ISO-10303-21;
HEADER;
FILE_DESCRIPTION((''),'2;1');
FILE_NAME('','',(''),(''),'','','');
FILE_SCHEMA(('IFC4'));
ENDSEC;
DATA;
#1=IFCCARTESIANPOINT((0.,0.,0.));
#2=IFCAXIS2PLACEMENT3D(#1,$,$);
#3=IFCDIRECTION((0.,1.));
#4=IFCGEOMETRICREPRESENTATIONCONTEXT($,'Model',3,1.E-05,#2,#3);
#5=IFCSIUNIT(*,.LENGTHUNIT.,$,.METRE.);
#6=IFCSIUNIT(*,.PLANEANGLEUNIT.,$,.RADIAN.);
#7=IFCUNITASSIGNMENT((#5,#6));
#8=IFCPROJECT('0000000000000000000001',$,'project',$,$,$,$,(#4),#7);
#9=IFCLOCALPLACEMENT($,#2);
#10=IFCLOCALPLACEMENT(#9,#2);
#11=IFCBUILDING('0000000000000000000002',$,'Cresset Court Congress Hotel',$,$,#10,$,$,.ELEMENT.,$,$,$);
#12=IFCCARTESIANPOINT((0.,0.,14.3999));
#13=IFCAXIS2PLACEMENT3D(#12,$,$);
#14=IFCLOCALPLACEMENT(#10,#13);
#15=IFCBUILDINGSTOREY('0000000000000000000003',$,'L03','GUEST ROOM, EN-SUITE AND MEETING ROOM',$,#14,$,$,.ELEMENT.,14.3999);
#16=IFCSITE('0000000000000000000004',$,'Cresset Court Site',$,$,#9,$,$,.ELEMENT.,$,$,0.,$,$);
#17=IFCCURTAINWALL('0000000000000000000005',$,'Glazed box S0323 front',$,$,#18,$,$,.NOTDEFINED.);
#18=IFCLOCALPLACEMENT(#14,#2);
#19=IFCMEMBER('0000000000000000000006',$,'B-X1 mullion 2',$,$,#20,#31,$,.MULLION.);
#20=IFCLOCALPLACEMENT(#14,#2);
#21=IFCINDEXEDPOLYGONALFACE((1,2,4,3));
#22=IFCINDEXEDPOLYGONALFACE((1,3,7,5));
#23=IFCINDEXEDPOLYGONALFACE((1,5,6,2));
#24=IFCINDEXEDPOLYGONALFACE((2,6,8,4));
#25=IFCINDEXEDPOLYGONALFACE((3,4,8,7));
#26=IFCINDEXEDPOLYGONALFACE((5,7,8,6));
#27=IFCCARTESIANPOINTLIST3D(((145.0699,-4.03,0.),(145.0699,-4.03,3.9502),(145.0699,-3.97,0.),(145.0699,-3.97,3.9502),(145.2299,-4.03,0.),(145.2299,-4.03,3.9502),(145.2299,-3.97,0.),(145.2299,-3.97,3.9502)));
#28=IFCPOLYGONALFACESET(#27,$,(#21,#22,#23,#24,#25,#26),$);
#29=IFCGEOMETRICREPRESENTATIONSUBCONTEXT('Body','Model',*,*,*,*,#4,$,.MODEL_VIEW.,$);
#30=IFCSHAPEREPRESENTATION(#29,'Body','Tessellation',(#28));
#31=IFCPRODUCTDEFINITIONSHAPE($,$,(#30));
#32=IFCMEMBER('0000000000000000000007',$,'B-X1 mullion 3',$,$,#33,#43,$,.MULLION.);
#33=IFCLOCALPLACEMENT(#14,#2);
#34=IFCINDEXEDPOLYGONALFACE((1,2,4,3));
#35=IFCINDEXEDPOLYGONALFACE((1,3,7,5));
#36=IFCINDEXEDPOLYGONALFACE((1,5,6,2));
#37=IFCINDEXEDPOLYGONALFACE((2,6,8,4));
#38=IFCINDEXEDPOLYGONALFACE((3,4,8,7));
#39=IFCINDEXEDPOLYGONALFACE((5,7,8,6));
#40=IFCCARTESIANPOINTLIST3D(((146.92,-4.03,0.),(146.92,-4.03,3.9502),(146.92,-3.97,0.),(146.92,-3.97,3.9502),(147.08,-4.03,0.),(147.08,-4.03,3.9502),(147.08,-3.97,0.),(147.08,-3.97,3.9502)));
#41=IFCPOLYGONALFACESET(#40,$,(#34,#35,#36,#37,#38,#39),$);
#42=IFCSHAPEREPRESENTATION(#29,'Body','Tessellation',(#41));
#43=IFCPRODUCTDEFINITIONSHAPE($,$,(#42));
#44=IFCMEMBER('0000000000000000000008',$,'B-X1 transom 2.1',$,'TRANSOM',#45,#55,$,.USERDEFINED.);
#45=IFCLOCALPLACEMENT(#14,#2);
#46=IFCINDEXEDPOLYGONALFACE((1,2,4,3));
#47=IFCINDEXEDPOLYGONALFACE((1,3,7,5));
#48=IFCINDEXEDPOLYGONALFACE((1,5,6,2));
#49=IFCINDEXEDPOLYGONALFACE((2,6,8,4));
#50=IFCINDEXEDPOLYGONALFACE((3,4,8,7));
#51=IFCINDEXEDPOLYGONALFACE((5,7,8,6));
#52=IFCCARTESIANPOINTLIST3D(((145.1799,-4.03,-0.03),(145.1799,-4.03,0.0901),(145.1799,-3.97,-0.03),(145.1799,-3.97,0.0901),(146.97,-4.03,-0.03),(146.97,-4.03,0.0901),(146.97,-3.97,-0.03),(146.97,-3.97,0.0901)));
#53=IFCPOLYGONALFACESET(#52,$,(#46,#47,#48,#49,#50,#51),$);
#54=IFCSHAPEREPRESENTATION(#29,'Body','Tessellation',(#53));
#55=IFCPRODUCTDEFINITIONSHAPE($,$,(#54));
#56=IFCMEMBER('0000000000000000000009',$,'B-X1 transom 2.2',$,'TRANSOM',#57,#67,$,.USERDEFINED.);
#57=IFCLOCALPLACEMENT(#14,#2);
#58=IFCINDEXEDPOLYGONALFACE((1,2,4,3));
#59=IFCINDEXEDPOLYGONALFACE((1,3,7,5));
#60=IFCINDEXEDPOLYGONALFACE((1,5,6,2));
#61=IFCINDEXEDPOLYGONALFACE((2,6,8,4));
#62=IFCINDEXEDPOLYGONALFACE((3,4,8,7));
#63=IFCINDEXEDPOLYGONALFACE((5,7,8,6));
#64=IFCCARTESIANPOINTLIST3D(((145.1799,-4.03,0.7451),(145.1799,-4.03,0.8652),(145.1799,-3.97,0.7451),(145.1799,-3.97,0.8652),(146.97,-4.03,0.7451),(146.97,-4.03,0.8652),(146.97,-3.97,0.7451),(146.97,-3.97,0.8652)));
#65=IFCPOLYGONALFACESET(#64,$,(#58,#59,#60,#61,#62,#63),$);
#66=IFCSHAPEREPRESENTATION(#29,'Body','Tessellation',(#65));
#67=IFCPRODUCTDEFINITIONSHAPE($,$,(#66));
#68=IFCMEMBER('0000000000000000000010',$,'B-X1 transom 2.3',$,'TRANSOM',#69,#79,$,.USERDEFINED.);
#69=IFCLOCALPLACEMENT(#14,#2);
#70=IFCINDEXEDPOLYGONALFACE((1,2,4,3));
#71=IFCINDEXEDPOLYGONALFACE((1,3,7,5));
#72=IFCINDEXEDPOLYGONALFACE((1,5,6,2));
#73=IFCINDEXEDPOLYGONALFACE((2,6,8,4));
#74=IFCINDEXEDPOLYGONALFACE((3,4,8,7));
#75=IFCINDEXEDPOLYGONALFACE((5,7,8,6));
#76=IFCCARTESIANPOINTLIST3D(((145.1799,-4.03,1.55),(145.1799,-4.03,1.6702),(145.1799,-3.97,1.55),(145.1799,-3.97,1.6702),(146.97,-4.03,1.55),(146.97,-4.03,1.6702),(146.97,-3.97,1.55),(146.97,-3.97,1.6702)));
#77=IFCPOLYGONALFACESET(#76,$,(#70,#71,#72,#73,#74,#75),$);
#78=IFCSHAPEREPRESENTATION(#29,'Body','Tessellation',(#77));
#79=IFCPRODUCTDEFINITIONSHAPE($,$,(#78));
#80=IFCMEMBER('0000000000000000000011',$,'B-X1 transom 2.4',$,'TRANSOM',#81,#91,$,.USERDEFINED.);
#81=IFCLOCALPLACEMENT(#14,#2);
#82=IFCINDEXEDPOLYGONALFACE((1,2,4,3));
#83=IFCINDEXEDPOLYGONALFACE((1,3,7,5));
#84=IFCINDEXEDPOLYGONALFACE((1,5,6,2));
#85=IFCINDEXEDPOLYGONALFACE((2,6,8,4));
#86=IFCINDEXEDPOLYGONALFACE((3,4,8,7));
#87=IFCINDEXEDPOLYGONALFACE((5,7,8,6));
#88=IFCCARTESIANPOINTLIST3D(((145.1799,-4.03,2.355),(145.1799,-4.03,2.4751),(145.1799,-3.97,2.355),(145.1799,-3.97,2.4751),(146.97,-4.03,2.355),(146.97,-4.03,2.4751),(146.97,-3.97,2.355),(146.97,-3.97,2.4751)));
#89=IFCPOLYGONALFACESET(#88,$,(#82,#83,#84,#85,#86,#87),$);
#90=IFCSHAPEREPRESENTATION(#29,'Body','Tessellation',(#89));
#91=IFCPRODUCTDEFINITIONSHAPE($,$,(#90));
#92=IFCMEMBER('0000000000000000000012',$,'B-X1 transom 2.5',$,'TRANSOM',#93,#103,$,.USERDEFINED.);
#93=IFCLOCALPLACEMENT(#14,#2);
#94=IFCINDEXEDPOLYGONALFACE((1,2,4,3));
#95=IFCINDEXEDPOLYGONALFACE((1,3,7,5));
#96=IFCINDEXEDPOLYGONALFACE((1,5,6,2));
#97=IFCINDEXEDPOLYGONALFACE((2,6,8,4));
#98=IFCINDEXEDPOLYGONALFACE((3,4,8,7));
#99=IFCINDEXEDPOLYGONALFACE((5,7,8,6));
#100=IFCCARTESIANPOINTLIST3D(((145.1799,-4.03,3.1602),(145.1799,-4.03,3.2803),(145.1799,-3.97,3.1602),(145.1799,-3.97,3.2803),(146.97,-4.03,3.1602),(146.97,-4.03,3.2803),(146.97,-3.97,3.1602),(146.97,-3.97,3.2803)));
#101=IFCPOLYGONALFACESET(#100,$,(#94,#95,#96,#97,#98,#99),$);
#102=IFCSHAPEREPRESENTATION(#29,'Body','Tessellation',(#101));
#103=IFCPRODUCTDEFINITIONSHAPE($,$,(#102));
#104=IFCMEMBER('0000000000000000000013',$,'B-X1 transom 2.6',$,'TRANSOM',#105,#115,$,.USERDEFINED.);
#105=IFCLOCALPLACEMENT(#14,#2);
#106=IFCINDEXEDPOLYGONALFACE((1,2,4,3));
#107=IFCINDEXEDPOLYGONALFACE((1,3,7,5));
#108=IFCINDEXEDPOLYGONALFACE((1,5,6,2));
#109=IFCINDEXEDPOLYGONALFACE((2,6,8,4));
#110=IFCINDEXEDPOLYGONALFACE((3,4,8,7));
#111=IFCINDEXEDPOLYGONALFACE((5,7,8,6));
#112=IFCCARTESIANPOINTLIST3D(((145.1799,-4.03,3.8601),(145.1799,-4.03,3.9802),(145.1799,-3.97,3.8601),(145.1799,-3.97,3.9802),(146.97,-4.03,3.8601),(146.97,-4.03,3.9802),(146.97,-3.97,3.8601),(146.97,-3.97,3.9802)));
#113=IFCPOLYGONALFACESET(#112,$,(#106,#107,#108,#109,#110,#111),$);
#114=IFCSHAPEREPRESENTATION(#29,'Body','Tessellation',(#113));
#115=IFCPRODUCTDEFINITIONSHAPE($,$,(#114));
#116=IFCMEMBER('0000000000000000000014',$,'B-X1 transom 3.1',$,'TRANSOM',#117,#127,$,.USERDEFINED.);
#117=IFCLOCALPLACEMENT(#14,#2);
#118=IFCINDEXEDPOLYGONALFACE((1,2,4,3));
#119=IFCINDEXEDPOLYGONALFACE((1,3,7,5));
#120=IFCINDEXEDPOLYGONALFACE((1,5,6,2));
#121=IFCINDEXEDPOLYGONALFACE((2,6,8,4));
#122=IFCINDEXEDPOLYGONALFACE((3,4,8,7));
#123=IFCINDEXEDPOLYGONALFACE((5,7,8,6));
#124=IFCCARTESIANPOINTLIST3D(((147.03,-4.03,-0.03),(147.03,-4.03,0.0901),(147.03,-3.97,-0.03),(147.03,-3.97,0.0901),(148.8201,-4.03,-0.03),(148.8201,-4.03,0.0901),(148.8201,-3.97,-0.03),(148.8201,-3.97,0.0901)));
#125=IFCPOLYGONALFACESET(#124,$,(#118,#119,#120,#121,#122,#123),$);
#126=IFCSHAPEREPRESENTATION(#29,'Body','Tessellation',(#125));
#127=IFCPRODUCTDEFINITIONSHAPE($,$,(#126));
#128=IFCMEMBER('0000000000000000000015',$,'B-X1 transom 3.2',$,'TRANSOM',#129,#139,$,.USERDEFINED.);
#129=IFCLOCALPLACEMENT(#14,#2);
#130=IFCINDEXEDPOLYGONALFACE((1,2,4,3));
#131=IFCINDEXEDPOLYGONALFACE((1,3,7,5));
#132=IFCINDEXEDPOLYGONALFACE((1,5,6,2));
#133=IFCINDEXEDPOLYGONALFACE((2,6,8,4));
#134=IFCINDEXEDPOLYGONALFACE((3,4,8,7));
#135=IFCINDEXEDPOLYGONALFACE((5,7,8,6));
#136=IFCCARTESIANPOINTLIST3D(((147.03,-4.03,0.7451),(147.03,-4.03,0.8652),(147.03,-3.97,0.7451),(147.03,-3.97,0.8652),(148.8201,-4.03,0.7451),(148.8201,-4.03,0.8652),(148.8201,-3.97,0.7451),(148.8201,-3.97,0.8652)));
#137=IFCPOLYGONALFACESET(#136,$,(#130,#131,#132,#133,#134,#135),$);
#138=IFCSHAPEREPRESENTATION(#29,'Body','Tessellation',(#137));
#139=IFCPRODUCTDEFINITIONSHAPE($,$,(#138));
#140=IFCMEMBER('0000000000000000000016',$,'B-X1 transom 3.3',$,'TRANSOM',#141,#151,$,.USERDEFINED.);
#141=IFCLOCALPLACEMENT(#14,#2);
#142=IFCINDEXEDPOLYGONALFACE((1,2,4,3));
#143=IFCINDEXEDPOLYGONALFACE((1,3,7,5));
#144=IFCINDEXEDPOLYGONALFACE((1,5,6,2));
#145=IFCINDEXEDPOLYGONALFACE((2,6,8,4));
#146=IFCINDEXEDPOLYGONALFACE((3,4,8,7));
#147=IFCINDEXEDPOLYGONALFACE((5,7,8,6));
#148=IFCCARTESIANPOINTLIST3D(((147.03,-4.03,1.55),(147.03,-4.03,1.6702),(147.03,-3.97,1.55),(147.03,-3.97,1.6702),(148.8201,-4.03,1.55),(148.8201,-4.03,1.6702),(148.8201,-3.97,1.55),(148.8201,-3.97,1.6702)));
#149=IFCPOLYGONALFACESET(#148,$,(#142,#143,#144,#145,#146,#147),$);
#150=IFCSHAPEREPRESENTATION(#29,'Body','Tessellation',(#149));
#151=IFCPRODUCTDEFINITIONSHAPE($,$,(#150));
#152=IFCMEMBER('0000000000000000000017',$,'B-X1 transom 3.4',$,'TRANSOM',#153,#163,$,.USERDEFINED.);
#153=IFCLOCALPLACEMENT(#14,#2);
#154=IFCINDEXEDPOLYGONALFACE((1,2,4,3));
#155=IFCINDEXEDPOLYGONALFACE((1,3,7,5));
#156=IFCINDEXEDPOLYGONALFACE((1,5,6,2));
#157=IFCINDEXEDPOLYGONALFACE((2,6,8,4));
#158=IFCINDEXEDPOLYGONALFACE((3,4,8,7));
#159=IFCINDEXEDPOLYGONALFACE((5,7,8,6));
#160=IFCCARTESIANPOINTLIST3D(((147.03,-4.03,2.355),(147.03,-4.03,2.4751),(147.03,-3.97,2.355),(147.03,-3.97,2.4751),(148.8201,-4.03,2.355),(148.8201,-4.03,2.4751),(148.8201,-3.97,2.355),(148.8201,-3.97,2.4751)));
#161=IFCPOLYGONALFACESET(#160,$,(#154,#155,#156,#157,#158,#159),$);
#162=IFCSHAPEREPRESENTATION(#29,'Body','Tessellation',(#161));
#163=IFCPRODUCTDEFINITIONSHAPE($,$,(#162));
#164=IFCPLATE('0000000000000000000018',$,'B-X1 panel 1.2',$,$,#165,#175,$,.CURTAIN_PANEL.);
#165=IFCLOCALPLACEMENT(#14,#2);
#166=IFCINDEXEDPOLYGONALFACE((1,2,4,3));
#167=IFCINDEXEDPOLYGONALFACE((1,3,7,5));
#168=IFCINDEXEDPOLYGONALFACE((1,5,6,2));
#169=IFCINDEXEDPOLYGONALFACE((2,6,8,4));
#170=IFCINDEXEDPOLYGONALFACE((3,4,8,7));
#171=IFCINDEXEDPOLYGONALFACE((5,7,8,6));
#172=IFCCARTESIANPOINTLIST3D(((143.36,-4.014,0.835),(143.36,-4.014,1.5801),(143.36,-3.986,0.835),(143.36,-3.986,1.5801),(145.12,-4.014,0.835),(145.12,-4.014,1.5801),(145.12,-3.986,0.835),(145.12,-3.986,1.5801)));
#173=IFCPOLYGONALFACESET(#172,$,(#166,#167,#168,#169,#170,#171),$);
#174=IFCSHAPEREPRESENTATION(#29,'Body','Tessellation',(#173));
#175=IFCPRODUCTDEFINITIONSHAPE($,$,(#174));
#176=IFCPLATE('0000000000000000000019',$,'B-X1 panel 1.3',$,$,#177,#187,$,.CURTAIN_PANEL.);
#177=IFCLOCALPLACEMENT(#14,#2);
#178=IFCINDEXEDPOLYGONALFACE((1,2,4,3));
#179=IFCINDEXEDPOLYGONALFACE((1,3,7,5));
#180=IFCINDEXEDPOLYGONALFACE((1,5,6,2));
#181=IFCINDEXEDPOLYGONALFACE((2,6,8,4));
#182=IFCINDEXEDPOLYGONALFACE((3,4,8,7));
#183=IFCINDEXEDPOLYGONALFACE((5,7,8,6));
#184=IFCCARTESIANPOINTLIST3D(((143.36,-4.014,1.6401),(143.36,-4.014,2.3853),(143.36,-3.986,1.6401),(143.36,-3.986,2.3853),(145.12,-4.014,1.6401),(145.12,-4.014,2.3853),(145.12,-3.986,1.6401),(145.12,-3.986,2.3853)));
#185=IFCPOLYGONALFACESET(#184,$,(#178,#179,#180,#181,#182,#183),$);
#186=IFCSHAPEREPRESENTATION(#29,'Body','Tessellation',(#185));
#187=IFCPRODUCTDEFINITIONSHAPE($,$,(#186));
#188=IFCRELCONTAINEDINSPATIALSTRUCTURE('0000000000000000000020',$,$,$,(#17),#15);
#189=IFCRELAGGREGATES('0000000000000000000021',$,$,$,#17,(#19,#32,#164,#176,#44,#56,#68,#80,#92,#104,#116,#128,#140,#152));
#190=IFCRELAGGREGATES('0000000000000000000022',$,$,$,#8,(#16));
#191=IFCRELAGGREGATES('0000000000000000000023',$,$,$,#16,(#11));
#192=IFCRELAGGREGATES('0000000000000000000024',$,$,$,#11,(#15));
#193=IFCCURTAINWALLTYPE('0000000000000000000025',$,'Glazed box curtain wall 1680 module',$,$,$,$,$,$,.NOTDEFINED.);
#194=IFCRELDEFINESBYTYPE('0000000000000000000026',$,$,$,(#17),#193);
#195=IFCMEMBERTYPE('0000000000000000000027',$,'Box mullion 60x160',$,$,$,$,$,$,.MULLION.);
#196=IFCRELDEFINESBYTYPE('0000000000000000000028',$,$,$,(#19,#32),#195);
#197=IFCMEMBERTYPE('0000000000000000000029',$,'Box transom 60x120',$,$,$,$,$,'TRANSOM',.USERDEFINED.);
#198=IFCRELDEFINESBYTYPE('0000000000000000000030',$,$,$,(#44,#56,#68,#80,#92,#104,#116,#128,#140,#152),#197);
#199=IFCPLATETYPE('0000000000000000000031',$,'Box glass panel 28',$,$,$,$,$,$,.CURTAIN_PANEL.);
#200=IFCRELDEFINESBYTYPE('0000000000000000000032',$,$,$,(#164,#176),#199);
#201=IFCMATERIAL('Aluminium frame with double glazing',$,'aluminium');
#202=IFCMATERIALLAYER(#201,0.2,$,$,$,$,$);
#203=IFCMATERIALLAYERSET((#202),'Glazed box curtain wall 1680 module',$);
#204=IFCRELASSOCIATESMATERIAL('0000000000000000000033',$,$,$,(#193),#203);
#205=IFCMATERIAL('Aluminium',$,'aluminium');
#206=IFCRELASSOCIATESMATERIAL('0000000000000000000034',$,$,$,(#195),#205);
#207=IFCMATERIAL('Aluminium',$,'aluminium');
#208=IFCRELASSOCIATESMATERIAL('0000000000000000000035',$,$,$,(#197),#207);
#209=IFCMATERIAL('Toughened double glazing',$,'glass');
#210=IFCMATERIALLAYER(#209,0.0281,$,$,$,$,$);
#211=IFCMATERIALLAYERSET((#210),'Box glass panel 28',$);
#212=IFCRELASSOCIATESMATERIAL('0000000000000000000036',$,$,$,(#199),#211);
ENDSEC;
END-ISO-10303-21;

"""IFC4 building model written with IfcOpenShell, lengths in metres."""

from ifc_helpers import new_model, si_unit, direction, frame, origin, origin_2d, place, context, subcontext, project, spatial, rectangle, extrude, material, layer, layer_set, material_profile, profile_set, type_object, element, aggregate, save


model = new_model("IFC4")

# Units and contexts
model_context = context("Model", 3, precision=1e-05, world=origin(), true_north=direction((0.0, 1.0)))
body_context = subcontext(model_context, "Body", "Model", "MODEL_VIEW")
ifc_project = project(units=[si_unit("LENGTHUNIT", "METRE"), si_unit("PLANEANGLEUNIT", "RADIAN")], contexts=[model_context])

# Site, building, storey
site_placement = place(None, origin())
site = spatial("IfcSite", under=ifc_project, at=site_placement, Name="Cresset Court Site", CompositionType="ELEMENT", RefElevation=0.0)
building_placement = place(site_placement, origin())
building = spatial("IfcBuilding", under=site, at=building_placement, Name="Cresset Court Congress Hotel", CompositionType="ELEMENT")
storey_placement = place(building_placement, frame((0.0, 0.0, 14.3999)))
storey = spatial("IfcBuildingStorey", under=building, at=storey_placement, Name="L03", Description="GUEST ROOM, EN-SUITE AND MEETING ROOM", CompositionType="ELEMENT", Elevation=14.3999)

# Curtain wall, members, plates
ifc_material_1 = material(Name="Aluminium frame with double glazing", Category="aluminium")
ifc_layer_1 = layer(ifc_material_1, 0.2)
ifc_layer_set_1 = layer_set([ifc_layer_1], Name="Glazed box curtain wall 1680 module")
curtain_wall_type = type_object("IfcCurtainWallType", Name="Glazed box curtain wall 1680 module", PredefinedType="NOTDEFINED", material=ifc_layer_set_1)
curtain_wall_placement = place(storey_placement, origin())
curtain_wall = element("IfcCurtainWall", 1, at=curtain_wall_placement, inside=storey, type_object=curtain_wall_type, Name="Glazed box S0323 front", PredefinedType="NOTDEFINED")
ifc_material_2 = material(Name="Aluminium", Category="aluminium")
ifc_material_profile_1 = material_profile(ifc_material_2, rectangle(XDim=0.0601, YDim=0.1599, at=origin_2d()), Name="Box mullion 60x160")
ifc_profile_set_1 = profile_set([ifc_material_profile_1], Name="Aluminium")
member_type_1 = type_object("IfcMemberType", Name="Box mullion 60x160", PredefinedType="MULLION", material=ifc_profile_set_1)
member_1_placement = place(storey_placement, frame((145.1499, -4.0, 0.0), z_axis=(0.0, 0.0, 1.0), x_axis=(0.0, 1.0, 0.0)))
member_1 = element("IfcMember", 2, at=member_1_placement, type_object=member_type_1, Name="B-X1 mullion 2", PredefinedType="MULLION", context=body_context, shape_type="SweptSolid", body=[
    extrude(rectangle(XDim=0.0601, YDim=0.1599, at=origin_2d()), origin(), (0.0, 0.0, 1.0), 3.9502),
])
member_2_placement = place(storey_placement, frame((147.0, -4.0, 0.0), z_axis=(0.0, 0.0, 1.0), x_axis=(0.0, 1.0, 0.0)))
member_2 = element("IfcMember", 3, at=member_2_placement, type_object=member_type_1, Name="B-X1 mullion 3", PredefinedType="MULLION", context=body_context, shape_type="SweptSolid", body=[
    extrude(rectangle(XDim=0.0601, YDim=0.1599, at=origin_2d()), origin(), (0.0, 0.0, 1.0), 3.9502),
])
ifc_material_3 = material(Name="Aluminium", Category="aluminium")
ifc_material_profile_2 = material_profile(ifc_material_3, rectangle(XDim=0.0601, YDim=0.1201, at=origin_2d()), Name="Box transom 60x120")
ifc_profile_set_2 = profile_set([ifc_material_profile_2], Name="Aluminium")
member_type_2 = type_object("IfcMemberType", Name="Box transom 60x120", ElementType="TRANSOM", PredefinedType="USERDEFINED", material=ifc_profile_set_2)
member_3_placement = place(storey_placement, frame((145.1799, -4.0, 0.03), z_axis=(1.0, 0.0, 0.0), x_axis=(0.0, 1.0, 0.0)))
member_3 = element("IfcMember", 4, at=member_3_placement, type_object=member_type_2, Name="B-X1 transom 2.1", ObjectType="TRANSOM", PredefinedType="USERDEFINED", context=body_context, shape_type="SweptSolid", body=[
    extrude(rectangle(XDim=0.0601, YDim=0.1201, at=origin_2d()), origin(), (0.0, 0.0, 1.0), 1.79),
])
member_4_placement = place(storey_placement, frame((145.1799, -4.0, 0.8052), z_axis=(1.0, 0.0, 0.0), x_axis=(0.0, 1.0, 0.0)))
member_4 = element("IfcMember", 5, at=member_4_placement, type_object=member_type_2, Name="B-X1 transom 2.2", ObjectType="TRANSOM", PredefinedType="USERDEFINED", context=body_context, shape_type="SweptSolid", body=[
    extrude(rectangle(XDim=0.0601, YDim=0.1201, at=origin_2d()), origin(), (0.0, 0.0, 1.0), 1.79),
])
member_5_placement = place(storey_placement, frame((145.1799, -4.0, 1.6101), z_axis=(1.0, 0.0, 0.0), x_axis=(0.0, 1.0, 0.0)))
member_5 = element("IfcMember", 6, at=member_5_placement, type_object=member_type_2, Name="B-X1 transom 2.3", ObjectType="TRANSOM", PredefinedType="USERDEFINED", context=body_context, shape_type="SweptSolid", body=[
    extrude(rectangle(XDim=0.0601, YDim=0.1201, at=origin_2d()), origin(), (0.0, 0.0, 1.0), 1.79),
])
member_6_placement = place(storey_placement, frame((145.1799, -4.0, 2.415), z_axis=(1.0, 0.0, 0.0), x_axis=(0.0, 1.0, 0.0)))
member_6 = element("IfcMember", 7, at=member_6_placement, type_object=member_type_2, Name="B-X1 transom 2.4", ObjectType="TRANSOM", PredefinedType="USERDEFINED", context=body_context, shape_type="SweptSolid", body=[
    extrude(rectangle(XDim=0.0601, YDim=0.1201, at=origin_2d()), origin(), (0.0, 0.0, 1.0), 1.79),
])
member_7_placement = place(storey_placement, frame((145.1799, -4.0, 3.2202), z_axis=(1.0, 0.0, 0.0), x_axis=(0.0, 1.0, 0.0)))
member_7 = element("IfcMember", 8, at=member_7_placement, type_object=member_type_2, Name="B-X1 transom 2.5", ObjectType="TRANSOM", PredefinedType="USERDEFINED", context=body_context, shape_type="SweptSolid", body=[
    extrude(rectangle(XDim=0.0601, YDim=0.1201, at=origin_2d()), origin(), (0.0, 0.0, 1.0), 1.79),
])
member_8_placement = place(storey_placement, frame((145.1799, -4.0, 3.9202), z_axis=(1.0, 0.0, 0.0), x_axis=(0.0, 1.0, 0.0)))
member_8 = element("IfcMember", 9, at=member_8_placement, type_object=member_type_2, Name="B-X1 transom 2.6", ObjectType="TRANSOM", PredefinedType="USERDEFINED", context=body_context, shape_type="SweptSolid", body=[
    extrude(rectangle(XDim=0.0601, YDim=0.1201, at=origin_2d()), origin(), (0.0, 0.0, 1.0), 1.79),
])
member_9_placement = place(storey_placement, frame((147.03, -4.0, 0.03), z_axis=(1.0, 0.0, 0.0), x_axis=(0.0, 1.0, 0.0)))
member_9 = element("IfcMember", 10, at=member_9_placement, type_object=member_type_2, Name="B-X1 transom 3.1", ObjectType="TRANSOM", PredefinedType="USERDEFINED", context=body_context, shape_type="SweptSolid", body=[
    extrude(rectangle(XDim=0.0601, YDim=0.1201, at=origin_2d()), origin(), (0.0, 0.0, 1.0), 1.79),
])
member_10_placement = place(storey_placement, frame((147.03, -4.0, 0.8052), z_axis=(1.0, 0.0, 0.0), x_axis=(0.0, 1.0, 0.0)))
member_10 = element("IfcMember", 11, at=member_10_placement, type_object=member_type_2, Name="B-X1 transom 3.2", ObjectType="TRANSOM", PredefinedType="USERDEFINED", context=body_context, shape_type="SweptSolid", body=[
    extrude(rectangle(XDim=0.0601, YDim=0.1201, at=origin_2d()), origin(), (0.0, 0.0, 1.0), 1.79),
])
member_11_placement = place(storey_placement, frame((147.03, -4.0, 1.6101), z_axis=(1.0, 0.0, 0.0), x_axis=(0.0, 1.0, 0.0)))
member_11 = element("IfcMember", 12, at=member_11_placement, type_object=member_type_2, Name="B-X1 transom 3.3", ObjectType="TRANSOM", PredefinedType="USERDEFINED", context=body_context, shape_type="SweptSolid", body=[
    extrude(rectangle(XDim=0.0601, YDim=0.1201, at=origin_2d()), origin(), (0.0, 0.0, 1.0), 1.79),
])
member_12_placement = place(storey_placement, frame((147.03, -4.0, 2.415), z_axis=(1.0, 0.0, 0.0), x_axis=(0.0, 1.0, 0.0)))
member_12 = element("IfcMember", 13, at=member_12_placement, type_object=member_type_2, Name="B-X1 transom 3.4", ObjectType="TRANSOM", PredefinedType="USERDEFINED", context=body_context, shape_type="SweptSolid", body=[
    extrude(rectangle(XDim=0.0601, YDim=0.1201, at=origin_2d()), origin(), (0.0, 0.0, 1.0), 1.79),
])
ifc_material_4 = material(Name="Toughened double glazing", Category="glass")
ifc_layer_2 = layer(ifc_material_4, 0.0281)
ifc_layer_set_2 = layer_set([ifc_layer_2], Name="Box glass panel 28")
plate_type_1 = type_object("IfcPlateType", Name="Box glass panel 28", PredefinedType="CURTAIN_PANEL", material=ifc_layer_set_2)
plate_1_placement = place(storey_placement, frame((144.24, -4.0, 0.835), z_axis=(0.0, 0.0, 1.0), x_axis=(1.0, 0.0, 0.0)))
plate_1 = element("IfcPlate", 14, at=plate_1_placement, type_object=plate_type_1, Name="B-X1 panel 1.2", PredefinedType="CURTAIN_PANEL", context=body_context, shape_type="SweptSolid", body=[
    extrude(rectangle(XDim=1.76, YDim=0.0281, at=origin_2d()), origin(), (0.0, 0.0, 1.0), 0.7451),
])
plate_2_placement = place(storey_placement, frame((144.24, -4.0, 1.6401), z_axis=(0.0, 0.0, 1.0), x_axis=(1.0, 0.0, 0.0)))
plate_2 = element("IfcPlate", 15, at=plate_2_placement, type_object=plate_type_1, Name="B-X1 panel 1.3", PredefinedType="CURTAIN_PANEL", context=body_context, shape_type="SweptSolid", body=[
    extrude(rectangle(XDim=1.76, YDim=0.0281, at=origin_2d()), origin(), (0.0, 0.0, 1.0), 0.7451),
])
aggregate(curtain_wall, [member_1, member_2, plate_1, plate_2, member_3, member_4, member_5, member_6, member_7, member_8, member_9, member_10, member_11, member_12])

save(model, "model.ifc")
